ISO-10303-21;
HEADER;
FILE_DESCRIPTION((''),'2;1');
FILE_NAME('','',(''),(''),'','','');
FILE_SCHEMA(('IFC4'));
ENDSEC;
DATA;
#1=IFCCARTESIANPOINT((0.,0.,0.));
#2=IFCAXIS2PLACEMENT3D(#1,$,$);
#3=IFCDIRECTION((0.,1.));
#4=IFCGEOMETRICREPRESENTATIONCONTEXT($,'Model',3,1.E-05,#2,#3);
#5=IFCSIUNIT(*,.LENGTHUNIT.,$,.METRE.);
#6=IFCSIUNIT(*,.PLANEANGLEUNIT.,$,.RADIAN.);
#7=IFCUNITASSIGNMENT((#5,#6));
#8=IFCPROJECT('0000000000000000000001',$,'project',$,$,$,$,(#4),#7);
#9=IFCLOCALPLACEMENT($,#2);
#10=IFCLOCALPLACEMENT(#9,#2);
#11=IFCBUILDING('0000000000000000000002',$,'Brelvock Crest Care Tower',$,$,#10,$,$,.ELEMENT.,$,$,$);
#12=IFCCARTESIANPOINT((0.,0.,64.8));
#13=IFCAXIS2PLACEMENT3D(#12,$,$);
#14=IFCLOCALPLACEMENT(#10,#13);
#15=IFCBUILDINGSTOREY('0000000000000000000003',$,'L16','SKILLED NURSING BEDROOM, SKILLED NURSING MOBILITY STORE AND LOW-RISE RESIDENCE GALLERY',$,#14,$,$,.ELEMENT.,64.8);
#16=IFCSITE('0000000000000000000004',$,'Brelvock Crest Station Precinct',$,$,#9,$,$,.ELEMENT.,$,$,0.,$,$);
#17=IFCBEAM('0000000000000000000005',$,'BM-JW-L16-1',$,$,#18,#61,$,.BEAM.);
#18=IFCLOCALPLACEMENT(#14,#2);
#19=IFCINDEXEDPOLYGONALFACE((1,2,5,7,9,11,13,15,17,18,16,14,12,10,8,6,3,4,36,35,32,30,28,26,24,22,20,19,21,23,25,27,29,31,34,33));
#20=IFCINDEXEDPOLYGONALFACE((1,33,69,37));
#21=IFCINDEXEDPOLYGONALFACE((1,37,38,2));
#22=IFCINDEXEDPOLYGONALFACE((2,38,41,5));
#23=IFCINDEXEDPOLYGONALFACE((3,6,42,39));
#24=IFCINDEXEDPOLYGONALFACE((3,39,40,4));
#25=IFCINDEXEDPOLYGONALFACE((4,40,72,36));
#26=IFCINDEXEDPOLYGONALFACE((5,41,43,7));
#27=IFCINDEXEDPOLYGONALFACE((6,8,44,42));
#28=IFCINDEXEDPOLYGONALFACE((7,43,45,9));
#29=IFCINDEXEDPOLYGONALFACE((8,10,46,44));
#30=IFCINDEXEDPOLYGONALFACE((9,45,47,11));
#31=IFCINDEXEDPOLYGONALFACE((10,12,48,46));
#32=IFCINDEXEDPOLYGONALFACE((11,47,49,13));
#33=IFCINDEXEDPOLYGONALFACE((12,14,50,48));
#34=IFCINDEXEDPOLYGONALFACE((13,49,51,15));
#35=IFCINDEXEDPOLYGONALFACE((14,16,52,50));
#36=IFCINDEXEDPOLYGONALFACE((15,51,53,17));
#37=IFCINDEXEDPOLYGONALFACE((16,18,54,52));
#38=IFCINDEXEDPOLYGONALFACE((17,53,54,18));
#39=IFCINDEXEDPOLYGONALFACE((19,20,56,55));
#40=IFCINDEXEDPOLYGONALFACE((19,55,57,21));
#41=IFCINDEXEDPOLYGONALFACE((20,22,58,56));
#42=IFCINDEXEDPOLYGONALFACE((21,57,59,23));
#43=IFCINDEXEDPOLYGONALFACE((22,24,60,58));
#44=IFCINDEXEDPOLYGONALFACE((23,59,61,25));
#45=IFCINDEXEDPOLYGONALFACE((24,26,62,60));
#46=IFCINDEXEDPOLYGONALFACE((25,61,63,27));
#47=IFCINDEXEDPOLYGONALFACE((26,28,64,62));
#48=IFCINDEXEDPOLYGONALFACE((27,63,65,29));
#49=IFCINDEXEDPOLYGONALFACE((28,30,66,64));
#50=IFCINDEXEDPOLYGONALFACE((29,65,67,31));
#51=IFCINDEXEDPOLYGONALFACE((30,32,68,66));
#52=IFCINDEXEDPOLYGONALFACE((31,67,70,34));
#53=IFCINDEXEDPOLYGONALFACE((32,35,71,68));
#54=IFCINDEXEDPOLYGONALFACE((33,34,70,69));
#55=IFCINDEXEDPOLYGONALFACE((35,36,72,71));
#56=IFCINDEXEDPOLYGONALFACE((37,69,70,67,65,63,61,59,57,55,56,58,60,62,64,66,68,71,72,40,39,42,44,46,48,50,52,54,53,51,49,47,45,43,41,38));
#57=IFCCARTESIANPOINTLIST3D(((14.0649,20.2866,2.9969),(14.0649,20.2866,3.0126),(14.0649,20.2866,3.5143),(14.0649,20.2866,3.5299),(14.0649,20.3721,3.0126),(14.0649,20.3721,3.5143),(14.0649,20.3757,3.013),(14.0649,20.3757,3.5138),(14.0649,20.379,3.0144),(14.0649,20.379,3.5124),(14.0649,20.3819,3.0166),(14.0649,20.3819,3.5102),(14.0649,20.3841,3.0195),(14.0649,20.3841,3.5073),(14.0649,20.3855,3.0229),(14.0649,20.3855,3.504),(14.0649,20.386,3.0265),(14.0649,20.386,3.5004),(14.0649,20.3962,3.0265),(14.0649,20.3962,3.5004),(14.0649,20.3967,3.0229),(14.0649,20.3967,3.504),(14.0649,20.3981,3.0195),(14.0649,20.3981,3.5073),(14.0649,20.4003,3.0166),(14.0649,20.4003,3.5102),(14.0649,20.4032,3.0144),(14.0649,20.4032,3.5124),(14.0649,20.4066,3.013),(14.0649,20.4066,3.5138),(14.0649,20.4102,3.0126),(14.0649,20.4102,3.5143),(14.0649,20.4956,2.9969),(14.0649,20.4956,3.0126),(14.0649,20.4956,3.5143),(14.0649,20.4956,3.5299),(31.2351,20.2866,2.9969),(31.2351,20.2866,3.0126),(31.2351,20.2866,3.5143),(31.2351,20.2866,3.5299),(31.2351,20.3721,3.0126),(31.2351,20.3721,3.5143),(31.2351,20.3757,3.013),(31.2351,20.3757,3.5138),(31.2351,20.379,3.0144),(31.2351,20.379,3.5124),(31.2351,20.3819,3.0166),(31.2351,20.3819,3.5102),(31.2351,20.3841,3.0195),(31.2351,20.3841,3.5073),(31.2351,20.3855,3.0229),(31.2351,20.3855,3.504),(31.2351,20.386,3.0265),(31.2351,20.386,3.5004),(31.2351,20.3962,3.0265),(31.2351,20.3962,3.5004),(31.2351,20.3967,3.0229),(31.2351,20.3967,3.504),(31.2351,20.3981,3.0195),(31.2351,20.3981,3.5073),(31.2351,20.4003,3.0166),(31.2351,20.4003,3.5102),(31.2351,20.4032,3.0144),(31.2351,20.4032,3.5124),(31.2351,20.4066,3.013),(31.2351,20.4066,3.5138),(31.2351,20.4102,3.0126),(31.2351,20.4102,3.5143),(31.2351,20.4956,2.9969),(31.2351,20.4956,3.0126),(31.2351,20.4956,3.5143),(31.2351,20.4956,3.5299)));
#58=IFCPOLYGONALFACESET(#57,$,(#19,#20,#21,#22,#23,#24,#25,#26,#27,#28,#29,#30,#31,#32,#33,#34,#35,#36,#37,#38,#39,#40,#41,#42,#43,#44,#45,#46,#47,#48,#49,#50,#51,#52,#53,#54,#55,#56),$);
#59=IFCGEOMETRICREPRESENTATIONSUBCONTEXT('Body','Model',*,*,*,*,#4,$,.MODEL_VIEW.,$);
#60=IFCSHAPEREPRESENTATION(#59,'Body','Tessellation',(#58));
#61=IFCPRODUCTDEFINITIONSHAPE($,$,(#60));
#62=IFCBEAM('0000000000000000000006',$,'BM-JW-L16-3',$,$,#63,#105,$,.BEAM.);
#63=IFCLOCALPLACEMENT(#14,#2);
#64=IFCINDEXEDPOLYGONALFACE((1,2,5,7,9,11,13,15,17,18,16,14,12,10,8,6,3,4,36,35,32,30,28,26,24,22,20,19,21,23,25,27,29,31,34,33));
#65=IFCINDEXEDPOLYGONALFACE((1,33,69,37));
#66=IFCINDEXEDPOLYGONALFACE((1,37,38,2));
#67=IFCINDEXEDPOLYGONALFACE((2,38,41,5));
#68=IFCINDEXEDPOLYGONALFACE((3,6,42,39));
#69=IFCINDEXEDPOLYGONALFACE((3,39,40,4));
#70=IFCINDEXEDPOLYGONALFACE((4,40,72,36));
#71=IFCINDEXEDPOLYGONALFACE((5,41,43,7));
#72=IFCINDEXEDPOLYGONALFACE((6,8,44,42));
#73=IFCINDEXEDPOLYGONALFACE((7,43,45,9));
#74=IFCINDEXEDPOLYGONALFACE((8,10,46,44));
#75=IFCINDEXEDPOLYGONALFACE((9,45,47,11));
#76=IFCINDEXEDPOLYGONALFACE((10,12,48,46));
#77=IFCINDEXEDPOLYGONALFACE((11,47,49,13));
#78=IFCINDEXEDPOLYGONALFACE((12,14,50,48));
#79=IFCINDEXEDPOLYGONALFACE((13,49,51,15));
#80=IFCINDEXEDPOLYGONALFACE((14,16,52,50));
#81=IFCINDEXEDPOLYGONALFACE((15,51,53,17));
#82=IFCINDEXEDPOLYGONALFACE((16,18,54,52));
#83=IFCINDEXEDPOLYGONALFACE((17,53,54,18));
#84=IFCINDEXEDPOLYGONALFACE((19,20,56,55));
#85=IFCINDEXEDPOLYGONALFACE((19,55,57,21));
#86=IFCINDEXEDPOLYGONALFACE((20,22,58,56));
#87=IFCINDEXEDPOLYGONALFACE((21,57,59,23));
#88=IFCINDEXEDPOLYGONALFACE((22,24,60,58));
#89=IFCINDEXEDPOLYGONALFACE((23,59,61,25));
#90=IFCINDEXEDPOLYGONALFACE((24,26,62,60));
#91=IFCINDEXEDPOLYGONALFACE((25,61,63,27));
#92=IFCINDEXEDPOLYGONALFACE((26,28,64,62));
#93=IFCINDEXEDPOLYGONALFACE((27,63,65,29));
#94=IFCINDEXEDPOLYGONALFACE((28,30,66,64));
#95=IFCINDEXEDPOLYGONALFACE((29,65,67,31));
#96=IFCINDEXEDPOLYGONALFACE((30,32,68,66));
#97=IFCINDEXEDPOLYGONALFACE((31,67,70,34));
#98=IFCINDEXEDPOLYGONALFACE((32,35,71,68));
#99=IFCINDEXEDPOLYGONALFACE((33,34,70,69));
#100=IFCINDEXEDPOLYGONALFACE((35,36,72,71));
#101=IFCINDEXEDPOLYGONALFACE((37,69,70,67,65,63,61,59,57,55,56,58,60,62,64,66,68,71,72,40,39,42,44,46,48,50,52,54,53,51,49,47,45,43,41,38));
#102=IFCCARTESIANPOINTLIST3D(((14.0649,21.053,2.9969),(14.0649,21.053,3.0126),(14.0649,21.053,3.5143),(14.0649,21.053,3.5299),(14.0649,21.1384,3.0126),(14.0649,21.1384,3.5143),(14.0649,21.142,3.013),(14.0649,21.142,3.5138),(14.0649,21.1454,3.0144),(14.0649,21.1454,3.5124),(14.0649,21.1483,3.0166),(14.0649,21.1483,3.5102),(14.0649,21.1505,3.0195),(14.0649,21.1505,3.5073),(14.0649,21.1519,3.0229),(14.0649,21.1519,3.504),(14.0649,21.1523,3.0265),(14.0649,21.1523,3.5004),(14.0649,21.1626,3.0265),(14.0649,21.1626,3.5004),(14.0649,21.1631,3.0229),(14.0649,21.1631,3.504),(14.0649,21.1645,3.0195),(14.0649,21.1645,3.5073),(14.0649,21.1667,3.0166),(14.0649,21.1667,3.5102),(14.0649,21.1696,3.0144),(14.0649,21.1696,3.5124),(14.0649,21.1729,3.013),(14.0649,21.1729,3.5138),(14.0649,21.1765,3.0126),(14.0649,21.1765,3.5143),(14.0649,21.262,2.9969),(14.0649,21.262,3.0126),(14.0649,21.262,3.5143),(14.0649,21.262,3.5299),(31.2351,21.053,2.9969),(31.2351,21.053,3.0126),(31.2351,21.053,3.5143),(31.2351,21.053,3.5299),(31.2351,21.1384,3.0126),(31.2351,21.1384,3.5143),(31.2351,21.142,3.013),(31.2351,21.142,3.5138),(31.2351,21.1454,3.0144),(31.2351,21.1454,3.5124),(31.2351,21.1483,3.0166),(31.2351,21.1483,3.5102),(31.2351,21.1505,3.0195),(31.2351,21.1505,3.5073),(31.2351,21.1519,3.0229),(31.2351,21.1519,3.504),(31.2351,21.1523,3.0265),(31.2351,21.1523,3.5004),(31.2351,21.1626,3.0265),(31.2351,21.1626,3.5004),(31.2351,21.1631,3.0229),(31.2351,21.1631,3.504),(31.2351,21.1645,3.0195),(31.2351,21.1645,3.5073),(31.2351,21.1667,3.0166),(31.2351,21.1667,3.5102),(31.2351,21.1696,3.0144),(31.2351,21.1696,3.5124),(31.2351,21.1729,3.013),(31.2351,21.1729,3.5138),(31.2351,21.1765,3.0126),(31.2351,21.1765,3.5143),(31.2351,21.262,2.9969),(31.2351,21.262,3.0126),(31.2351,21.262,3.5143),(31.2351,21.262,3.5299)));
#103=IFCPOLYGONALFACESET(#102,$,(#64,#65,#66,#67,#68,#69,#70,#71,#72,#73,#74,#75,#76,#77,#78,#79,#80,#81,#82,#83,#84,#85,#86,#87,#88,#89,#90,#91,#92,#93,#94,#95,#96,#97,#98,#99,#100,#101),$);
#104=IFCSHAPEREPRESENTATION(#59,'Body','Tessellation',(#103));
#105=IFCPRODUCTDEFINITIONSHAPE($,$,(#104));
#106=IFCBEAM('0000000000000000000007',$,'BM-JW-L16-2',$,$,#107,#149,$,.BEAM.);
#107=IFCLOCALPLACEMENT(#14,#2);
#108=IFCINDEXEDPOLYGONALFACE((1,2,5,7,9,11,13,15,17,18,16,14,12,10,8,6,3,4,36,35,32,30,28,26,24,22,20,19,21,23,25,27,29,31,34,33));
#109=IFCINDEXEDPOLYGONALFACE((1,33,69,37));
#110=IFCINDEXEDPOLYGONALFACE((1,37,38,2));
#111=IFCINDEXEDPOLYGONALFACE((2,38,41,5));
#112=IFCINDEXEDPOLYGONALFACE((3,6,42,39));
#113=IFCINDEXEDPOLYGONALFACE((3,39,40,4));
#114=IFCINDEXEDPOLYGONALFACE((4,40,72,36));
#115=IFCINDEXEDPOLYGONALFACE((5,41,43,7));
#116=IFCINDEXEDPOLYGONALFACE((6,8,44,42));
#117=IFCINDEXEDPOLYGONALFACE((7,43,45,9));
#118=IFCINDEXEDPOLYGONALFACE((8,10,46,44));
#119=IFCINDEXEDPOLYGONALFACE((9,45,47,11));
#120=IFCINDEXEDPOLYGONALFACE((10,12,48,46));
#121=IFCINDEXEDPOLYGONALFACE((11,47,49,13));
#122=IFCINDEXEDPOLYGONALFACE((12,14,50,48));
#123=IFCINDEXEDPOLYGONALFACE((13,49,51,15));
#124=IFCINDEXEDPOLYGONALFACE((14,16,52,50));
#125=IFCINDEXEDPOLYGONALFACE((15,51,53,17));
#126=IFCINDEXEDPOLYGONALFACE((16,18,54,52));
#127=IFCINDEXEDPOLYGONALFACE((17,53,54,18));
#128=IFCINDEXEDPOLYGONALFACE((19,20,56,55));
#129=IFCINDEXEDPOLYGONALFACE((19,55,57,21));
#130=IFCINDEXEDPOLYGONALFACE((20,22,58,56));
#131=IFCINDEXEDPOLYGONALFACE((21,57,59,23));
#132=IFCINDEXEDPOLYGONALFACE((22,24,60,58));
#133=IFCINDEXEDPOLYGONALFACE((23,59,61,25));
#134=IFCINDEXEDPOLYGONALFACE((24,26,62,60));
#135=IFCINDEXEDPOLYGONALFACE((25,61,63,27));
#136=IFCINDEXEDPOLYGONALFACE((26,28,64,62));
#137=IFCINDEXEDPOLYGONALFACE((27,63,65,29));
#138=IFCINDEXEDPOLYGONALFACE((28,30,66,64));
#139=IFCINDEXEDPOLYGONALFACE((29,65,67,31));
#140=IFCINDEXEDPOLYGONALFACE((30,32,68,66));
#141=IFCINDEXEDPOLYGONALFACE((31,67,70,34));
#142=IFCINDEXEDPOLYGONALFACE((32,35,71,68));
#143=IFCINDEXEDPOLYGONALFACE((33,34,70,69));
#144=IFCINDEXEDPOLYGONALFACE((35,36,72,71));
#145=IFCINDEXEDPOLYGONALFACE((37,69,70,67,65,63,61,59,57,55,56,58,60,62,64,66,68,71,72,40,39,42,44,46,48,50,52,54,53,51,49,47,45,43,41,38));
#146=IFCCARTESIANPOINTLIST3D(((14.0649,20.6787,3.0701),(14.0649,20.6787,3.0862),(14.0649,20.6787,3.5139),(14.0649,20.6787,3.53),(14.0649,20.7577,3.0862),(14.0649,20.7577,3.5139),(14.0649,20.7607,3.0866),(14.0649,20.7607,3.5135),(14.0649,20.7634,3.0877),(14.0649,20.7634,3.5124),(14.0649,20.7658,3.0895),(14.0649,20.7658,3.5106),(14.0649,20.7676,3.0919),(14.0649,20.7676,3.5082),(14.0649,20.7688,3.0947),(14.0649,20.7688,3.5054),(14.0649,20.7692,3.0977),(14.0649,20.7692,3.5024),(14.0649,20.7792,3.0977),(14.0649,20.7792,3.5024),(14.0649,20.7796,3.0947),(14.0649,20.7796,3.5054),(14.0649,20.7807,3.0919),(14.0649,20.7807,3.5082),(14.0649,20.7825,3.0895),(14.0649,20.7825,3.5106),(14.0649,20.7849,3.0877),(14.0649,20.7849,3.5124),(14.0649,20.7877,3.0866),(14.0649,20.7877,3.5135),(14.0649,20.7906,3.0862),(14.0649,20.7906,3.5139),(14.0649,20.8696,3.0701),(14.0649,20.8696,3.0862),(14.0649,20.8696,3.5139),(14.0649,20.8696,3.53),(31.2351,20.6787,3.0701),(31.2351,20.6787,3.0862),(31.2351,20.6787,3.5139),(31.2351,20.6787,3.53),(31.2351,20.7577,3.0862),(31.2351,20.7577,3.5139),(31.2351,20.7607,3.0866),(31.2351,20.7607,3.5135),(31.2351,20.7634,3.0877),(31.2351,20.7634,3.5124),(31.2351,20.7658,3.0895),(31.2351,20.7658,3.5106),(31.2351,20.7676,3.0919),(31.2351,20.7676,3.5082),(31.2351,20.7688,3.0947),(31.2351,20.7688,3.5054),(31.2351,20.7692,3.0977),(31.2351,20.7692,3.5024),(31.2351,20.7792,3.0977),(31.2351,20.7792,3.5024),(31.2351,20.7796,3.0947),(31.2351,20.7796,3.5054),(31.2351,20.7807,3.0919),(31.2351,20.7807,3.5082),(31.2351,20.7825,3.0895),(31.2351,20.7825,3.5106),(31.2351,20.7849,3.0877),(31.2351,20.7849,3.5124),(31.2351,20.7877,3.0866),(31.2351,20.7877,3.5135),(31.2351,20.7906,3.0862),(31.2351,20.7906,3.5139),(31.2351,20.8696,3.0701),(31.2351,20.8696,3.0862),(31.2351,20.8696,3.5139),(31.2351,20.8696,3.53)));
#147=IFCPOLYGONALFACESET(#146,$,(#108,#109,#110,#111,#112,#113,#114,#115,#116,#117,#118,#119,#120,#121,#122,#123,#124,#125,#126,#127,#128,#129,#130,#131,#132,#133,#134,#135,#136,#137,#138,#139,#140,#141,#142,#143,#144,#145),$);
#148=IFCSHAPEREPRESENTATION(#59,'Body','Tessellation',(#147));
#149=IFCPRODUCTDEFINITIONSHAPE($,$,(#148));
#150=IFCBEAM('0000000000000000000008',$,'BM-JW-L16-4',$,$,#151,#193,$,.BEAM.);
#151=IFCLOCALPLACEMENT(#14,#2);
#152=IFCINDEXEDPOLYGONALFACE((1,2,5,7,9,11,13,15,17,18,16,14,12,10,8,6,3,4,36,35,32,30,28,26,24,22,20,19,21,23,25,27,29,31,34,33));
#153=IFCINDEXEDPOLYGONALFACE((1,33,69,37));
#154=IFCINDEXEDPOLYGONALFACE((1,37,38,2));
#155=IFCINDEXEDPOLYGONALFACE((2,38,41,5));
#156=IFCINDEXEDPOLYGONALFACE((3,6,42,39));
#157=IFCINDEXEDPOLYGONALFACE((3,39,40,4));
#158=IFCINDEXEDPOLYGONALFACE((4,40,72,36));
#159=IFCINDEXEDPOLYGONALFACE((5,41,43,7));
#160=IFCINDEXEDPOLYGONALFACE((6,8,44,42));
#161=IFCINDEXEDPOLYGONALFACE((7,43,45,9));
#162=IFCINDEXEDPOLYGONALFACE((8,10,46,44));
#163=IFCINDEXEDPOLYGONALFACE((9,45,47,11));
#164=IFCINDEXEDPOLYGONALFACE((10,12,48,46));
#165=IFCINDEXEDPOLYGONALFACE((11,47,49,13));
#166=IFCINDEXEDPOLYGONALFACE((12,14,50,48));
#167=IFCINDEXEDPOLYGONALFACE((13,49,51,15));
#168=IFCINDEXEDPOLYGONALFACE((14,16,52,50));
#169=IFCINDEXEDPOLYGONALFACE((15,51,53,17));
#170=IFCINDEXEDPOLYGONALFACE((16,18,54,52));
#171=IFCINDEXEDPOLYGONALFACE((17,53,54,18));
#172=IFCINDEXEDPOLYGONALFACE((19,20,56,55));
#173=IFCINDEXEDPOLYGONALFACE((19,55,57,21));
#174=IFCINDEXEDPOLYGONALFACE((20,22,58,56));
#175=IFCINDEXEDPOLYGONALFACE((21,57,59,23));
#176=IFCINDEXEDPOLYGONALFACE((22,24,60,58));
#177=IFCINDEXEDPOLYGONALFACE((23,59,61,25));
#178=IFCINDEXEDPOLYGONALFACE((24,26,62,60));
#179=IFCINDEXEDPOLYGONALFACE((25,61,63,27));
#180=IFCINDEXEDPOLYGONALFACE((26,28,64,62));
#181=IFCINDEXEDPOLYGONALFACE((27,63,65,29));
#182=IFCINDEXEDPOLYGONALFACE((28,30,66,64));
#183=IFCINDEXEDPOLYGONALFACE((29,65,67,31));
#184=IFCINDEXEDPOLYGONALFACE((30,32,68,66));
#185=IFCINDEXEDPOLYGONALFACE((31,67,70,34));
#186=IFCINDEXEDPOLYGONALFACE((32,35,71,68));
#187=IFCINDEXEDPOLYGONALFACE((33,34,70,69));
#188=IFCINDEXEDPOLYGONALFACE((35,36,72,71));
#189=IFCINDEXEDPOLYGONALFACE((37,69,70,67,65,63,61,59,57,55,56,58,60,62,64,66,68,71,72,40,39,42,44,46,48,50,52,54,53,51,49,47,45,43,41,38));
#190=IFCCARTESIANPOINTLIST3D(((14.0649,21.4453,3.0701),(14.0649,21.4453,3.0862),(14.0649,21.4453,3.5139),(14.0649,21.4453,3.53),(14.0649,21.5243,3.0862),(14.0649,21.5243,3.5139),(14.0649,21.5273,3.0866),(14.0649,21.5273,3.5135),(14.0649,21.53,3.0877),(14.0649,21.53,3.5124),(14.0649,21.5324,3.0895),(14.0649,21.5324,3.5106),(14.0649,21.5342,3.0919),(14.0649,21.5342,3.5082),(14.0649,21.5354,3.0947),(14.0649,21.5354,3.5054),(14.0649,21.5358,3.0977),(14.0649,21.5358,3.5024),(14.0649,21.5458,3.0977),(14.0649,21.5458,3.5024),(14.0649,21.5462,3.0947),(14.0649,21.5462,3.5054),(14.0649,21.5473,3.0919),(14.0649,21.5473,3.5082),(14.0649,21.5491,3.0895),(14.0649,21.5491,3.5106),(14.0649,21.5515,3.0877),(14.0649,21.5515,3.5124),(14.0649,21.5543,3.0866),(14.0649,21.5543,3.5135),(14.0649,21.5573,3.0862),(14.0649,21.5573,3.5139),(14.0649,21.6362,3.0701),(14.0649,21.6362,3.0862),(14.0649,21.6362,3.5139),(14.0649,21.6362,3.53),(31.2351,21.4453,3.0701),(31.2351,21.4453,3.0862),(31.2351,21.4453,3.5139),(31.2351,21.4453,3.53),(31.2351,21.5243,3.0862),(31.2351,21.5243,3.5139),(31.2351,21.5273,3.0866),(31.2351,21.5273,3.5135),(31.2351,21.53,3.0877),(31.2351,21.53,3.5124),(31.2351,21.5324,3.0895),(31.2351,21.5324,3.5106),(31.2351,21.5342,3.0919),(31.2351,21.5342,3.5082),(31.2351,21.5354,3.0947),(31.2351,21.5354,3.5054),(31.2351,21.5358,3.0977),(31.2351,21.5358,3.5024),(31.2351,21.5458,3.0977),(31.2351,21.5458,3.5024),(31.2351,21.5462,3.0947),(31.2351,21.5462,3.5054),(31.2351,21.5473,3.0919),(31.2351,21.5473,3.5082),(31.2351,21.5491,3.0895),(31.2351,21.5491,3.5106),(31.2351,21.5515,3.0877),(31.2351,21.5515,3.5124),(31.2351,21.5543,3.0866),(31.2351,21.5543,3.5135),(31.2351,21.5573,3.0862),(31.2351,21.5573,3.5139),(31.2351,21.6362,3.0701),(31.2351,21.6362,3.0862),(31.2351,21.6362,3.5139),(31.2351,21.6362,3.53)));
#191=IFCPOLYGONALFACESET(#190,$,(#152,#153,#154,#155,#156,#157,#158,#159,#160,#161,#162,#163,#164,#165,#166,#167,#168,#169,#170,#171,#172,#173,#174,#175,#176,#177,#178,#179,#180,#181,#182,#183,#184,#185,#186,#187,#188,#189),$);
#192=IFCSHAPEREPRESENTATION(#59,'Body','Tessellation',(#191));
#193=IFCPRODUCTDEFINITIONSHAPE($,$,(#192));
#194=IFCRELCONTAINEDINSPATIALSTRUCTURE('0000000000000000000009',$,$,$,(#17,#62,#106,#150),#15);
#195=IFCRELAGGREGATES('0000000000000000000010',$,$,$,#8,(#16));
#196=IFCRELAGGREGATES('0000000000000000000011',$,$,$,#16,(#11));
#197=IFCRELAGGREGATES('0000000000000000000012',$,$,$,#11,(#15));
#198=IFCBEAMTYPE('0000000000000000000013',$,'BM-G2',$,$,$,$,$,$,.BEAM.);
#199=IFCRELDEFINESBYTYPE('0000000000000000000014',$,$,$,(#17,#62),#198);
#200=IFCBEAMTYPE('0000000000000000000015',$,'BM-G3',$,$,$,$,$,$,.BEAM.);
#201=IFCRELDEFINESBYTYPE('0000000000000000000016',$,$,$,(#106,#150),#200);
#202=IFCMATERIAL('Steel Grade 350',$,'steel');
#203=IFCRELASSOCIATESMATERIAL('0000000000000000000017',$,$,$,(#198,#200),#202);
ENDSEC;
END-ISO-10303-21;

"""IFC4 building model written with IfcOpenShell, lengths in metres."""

from ifc_helpers import new_model, si_unit, direction, frame, origin, origin_2d, place, context, subcontext, project, spatial, i_section, extrude, source, transform, mapped, material, material_profile, profile_set, type_object, element, save


model = new_model("IFC4")

# Units and contexts
model_context = context("Model", 3, precision=1e-05, world=origin(), true_north=direction((0.0, 1.0)))
body_context = subcontext(model_context, "Body", "Model", "MODEL_VIEW")
ifc_project = project(units=[si_unit("LENGTHUNIT", "METRE"), si_unit("PLANEANGLEUNIT", "RADIAN")], contexts=[model_context])

# Site, building, storey
site_placement = place(None, origin())
site = spatial("IfcSite", under=ifc_project, at=site_placement, Name="Brelvock Crest Station Precinct", CompositionType="ELEMENT", RefElevation=0.0)
building_placement = place(site_placement, origin())
building = spatial("IfcBuilding", under=site, at=building_placement, Name="Brelvock Crest Care Tower", CompositionType="ELEMENT")
storey_placement = place(building_placement, frame((0.0, 0.0, 64.8)))
storey = spatial("IfcBuildingStorey", under=building, at=storey_placement, Name="L16", Description="SKILLED NURSING BEDROOM, SKILLED NURSING MOBILITY STORE AND LOW-RISE RESIDENCE GALLERY", CompositionType="ELEMENT", Elevation=64.8)

# Shared definitions
ifc_material_1 = material(Name="Steel Grade 350", Category="steel")

# Beams
ifc_material_profile_1 = material_profile(ifc_material_1, i_section(OverallWidth=0.209, OverallDepth=0.533, WebThickness=0.0103, FlangeThickness=0.0156, FilletRadius=0.0139, at=origin_2d()), Name="530UB92.4")
ifc_profile_set_1 = profile_set([ifc_material_profile_1], Name="Steel Grade 350")
beam_type_1 = type_object("IfcBeamType", Name="BM-G2", PredefinedType="BEAM", material=ifc_profile_set_1)
shared_shape_1 = source(origin(), body_context, "Body", "SweptSolid", [
    extrude(i_section(OverallWidth=0.209, OverallDepth=0.533, WebThickness=0.0103, FlangeThickness=0.0156, FilletRadius=0.0139, at=origin_2d()), origin(), (0.0, 0.0, 1.0), 17.1702),
])
for number, where, z_axis, x_axis, name in (
    (1, (14.0649, 20.3911, 3.2634), (1.0, 0.0, 0.0), (0.0, 1.0, 0.0), "BM-JW-L16-1"),
    (2, (14.0649, 21.1575, 3.2634), (1.0, 0.0, 0.0), (0.0, 1.0, 0.0), "BM-JW-L16-3"),
):
    element("IfcBeam", number, at=place(storey_placement, frame(where, z_axis=z_axis, x_axis=x_axis)), inside=storey, type_object=beam_type_1, Name=name, PredefinedType="BEAM", context=body_context, shape_type="MappedRepresentation", body=[
        mapped(shared_shape_1, transform((0.0, 0.0, 0.0), x_axis=(1.0, 0.0, 0.0), y_axis=(0.0, 1.0, 0.0), z_axis=(0.0, 0.0, 1.0), scale=1.0)),
    ])
ifc_material_profile_2 = material_profile(ifc_material_1, i_section(OverallWidth=0.1909, OverallDepth=0.46, WebThickness=0.01, FlangeThickness=0.0161, FilletRadius=0.0115, at=origin_2d()), Name="460UB82.1")
ifc_profile_set_2 = profile_set([ifc_material_profile_2], Name="Steel Grade 350")
beam_type_2 = type_object("IfcBeamType", Name="BM-G3", PredefinedType="BEAM", material=ifc_profile_set_2)
shared_shape_2 = source(origin(), body_context, "Body", "SweptSolid", [
    extrude(i_section(OverallWidth=0.1909, OverallDepth=0.46, WebThickness=0.01, FlangeThickness=0.0161, FilletRadius=0.0115, at=origin_2d()), origin(), (0.0, 0.0, 1.0), 17.1702),
])
for number, where, z_axis, x_axis, name in (
    (3, (14.0649, 20.7742, 3.3), (1.0, 0.0, 0.0), (0.0, 1.0, 0.0), "BM-JW-L16-2"),
    (4, (14.0649, 21.5408, 3.3), (1.0, 0.0, 0.0), (0.0, 1.0, 0.0), "BM-JW-L16-4"),
):
    element("IfcBeam", number, at=place(storey_placement, frame(where, z_axis=z_axis, x_axis=x_axis)), inside=storey, type_object=beam_type_2, Name=name, PredefinedType="BEAM", context=body_context, shape_type="MappedRepresentation", body=[
        mapped(shared_shape_2, transform((0.0, 0.0, 0.0), x_axis=(1.0, 0.0, 0.0), y_axis=(0.0, 1.0, 0.0), z_axis=(0.0, 0.0, 1.0), scale=1.0)),
    ])

save(model, "model.ifc")
